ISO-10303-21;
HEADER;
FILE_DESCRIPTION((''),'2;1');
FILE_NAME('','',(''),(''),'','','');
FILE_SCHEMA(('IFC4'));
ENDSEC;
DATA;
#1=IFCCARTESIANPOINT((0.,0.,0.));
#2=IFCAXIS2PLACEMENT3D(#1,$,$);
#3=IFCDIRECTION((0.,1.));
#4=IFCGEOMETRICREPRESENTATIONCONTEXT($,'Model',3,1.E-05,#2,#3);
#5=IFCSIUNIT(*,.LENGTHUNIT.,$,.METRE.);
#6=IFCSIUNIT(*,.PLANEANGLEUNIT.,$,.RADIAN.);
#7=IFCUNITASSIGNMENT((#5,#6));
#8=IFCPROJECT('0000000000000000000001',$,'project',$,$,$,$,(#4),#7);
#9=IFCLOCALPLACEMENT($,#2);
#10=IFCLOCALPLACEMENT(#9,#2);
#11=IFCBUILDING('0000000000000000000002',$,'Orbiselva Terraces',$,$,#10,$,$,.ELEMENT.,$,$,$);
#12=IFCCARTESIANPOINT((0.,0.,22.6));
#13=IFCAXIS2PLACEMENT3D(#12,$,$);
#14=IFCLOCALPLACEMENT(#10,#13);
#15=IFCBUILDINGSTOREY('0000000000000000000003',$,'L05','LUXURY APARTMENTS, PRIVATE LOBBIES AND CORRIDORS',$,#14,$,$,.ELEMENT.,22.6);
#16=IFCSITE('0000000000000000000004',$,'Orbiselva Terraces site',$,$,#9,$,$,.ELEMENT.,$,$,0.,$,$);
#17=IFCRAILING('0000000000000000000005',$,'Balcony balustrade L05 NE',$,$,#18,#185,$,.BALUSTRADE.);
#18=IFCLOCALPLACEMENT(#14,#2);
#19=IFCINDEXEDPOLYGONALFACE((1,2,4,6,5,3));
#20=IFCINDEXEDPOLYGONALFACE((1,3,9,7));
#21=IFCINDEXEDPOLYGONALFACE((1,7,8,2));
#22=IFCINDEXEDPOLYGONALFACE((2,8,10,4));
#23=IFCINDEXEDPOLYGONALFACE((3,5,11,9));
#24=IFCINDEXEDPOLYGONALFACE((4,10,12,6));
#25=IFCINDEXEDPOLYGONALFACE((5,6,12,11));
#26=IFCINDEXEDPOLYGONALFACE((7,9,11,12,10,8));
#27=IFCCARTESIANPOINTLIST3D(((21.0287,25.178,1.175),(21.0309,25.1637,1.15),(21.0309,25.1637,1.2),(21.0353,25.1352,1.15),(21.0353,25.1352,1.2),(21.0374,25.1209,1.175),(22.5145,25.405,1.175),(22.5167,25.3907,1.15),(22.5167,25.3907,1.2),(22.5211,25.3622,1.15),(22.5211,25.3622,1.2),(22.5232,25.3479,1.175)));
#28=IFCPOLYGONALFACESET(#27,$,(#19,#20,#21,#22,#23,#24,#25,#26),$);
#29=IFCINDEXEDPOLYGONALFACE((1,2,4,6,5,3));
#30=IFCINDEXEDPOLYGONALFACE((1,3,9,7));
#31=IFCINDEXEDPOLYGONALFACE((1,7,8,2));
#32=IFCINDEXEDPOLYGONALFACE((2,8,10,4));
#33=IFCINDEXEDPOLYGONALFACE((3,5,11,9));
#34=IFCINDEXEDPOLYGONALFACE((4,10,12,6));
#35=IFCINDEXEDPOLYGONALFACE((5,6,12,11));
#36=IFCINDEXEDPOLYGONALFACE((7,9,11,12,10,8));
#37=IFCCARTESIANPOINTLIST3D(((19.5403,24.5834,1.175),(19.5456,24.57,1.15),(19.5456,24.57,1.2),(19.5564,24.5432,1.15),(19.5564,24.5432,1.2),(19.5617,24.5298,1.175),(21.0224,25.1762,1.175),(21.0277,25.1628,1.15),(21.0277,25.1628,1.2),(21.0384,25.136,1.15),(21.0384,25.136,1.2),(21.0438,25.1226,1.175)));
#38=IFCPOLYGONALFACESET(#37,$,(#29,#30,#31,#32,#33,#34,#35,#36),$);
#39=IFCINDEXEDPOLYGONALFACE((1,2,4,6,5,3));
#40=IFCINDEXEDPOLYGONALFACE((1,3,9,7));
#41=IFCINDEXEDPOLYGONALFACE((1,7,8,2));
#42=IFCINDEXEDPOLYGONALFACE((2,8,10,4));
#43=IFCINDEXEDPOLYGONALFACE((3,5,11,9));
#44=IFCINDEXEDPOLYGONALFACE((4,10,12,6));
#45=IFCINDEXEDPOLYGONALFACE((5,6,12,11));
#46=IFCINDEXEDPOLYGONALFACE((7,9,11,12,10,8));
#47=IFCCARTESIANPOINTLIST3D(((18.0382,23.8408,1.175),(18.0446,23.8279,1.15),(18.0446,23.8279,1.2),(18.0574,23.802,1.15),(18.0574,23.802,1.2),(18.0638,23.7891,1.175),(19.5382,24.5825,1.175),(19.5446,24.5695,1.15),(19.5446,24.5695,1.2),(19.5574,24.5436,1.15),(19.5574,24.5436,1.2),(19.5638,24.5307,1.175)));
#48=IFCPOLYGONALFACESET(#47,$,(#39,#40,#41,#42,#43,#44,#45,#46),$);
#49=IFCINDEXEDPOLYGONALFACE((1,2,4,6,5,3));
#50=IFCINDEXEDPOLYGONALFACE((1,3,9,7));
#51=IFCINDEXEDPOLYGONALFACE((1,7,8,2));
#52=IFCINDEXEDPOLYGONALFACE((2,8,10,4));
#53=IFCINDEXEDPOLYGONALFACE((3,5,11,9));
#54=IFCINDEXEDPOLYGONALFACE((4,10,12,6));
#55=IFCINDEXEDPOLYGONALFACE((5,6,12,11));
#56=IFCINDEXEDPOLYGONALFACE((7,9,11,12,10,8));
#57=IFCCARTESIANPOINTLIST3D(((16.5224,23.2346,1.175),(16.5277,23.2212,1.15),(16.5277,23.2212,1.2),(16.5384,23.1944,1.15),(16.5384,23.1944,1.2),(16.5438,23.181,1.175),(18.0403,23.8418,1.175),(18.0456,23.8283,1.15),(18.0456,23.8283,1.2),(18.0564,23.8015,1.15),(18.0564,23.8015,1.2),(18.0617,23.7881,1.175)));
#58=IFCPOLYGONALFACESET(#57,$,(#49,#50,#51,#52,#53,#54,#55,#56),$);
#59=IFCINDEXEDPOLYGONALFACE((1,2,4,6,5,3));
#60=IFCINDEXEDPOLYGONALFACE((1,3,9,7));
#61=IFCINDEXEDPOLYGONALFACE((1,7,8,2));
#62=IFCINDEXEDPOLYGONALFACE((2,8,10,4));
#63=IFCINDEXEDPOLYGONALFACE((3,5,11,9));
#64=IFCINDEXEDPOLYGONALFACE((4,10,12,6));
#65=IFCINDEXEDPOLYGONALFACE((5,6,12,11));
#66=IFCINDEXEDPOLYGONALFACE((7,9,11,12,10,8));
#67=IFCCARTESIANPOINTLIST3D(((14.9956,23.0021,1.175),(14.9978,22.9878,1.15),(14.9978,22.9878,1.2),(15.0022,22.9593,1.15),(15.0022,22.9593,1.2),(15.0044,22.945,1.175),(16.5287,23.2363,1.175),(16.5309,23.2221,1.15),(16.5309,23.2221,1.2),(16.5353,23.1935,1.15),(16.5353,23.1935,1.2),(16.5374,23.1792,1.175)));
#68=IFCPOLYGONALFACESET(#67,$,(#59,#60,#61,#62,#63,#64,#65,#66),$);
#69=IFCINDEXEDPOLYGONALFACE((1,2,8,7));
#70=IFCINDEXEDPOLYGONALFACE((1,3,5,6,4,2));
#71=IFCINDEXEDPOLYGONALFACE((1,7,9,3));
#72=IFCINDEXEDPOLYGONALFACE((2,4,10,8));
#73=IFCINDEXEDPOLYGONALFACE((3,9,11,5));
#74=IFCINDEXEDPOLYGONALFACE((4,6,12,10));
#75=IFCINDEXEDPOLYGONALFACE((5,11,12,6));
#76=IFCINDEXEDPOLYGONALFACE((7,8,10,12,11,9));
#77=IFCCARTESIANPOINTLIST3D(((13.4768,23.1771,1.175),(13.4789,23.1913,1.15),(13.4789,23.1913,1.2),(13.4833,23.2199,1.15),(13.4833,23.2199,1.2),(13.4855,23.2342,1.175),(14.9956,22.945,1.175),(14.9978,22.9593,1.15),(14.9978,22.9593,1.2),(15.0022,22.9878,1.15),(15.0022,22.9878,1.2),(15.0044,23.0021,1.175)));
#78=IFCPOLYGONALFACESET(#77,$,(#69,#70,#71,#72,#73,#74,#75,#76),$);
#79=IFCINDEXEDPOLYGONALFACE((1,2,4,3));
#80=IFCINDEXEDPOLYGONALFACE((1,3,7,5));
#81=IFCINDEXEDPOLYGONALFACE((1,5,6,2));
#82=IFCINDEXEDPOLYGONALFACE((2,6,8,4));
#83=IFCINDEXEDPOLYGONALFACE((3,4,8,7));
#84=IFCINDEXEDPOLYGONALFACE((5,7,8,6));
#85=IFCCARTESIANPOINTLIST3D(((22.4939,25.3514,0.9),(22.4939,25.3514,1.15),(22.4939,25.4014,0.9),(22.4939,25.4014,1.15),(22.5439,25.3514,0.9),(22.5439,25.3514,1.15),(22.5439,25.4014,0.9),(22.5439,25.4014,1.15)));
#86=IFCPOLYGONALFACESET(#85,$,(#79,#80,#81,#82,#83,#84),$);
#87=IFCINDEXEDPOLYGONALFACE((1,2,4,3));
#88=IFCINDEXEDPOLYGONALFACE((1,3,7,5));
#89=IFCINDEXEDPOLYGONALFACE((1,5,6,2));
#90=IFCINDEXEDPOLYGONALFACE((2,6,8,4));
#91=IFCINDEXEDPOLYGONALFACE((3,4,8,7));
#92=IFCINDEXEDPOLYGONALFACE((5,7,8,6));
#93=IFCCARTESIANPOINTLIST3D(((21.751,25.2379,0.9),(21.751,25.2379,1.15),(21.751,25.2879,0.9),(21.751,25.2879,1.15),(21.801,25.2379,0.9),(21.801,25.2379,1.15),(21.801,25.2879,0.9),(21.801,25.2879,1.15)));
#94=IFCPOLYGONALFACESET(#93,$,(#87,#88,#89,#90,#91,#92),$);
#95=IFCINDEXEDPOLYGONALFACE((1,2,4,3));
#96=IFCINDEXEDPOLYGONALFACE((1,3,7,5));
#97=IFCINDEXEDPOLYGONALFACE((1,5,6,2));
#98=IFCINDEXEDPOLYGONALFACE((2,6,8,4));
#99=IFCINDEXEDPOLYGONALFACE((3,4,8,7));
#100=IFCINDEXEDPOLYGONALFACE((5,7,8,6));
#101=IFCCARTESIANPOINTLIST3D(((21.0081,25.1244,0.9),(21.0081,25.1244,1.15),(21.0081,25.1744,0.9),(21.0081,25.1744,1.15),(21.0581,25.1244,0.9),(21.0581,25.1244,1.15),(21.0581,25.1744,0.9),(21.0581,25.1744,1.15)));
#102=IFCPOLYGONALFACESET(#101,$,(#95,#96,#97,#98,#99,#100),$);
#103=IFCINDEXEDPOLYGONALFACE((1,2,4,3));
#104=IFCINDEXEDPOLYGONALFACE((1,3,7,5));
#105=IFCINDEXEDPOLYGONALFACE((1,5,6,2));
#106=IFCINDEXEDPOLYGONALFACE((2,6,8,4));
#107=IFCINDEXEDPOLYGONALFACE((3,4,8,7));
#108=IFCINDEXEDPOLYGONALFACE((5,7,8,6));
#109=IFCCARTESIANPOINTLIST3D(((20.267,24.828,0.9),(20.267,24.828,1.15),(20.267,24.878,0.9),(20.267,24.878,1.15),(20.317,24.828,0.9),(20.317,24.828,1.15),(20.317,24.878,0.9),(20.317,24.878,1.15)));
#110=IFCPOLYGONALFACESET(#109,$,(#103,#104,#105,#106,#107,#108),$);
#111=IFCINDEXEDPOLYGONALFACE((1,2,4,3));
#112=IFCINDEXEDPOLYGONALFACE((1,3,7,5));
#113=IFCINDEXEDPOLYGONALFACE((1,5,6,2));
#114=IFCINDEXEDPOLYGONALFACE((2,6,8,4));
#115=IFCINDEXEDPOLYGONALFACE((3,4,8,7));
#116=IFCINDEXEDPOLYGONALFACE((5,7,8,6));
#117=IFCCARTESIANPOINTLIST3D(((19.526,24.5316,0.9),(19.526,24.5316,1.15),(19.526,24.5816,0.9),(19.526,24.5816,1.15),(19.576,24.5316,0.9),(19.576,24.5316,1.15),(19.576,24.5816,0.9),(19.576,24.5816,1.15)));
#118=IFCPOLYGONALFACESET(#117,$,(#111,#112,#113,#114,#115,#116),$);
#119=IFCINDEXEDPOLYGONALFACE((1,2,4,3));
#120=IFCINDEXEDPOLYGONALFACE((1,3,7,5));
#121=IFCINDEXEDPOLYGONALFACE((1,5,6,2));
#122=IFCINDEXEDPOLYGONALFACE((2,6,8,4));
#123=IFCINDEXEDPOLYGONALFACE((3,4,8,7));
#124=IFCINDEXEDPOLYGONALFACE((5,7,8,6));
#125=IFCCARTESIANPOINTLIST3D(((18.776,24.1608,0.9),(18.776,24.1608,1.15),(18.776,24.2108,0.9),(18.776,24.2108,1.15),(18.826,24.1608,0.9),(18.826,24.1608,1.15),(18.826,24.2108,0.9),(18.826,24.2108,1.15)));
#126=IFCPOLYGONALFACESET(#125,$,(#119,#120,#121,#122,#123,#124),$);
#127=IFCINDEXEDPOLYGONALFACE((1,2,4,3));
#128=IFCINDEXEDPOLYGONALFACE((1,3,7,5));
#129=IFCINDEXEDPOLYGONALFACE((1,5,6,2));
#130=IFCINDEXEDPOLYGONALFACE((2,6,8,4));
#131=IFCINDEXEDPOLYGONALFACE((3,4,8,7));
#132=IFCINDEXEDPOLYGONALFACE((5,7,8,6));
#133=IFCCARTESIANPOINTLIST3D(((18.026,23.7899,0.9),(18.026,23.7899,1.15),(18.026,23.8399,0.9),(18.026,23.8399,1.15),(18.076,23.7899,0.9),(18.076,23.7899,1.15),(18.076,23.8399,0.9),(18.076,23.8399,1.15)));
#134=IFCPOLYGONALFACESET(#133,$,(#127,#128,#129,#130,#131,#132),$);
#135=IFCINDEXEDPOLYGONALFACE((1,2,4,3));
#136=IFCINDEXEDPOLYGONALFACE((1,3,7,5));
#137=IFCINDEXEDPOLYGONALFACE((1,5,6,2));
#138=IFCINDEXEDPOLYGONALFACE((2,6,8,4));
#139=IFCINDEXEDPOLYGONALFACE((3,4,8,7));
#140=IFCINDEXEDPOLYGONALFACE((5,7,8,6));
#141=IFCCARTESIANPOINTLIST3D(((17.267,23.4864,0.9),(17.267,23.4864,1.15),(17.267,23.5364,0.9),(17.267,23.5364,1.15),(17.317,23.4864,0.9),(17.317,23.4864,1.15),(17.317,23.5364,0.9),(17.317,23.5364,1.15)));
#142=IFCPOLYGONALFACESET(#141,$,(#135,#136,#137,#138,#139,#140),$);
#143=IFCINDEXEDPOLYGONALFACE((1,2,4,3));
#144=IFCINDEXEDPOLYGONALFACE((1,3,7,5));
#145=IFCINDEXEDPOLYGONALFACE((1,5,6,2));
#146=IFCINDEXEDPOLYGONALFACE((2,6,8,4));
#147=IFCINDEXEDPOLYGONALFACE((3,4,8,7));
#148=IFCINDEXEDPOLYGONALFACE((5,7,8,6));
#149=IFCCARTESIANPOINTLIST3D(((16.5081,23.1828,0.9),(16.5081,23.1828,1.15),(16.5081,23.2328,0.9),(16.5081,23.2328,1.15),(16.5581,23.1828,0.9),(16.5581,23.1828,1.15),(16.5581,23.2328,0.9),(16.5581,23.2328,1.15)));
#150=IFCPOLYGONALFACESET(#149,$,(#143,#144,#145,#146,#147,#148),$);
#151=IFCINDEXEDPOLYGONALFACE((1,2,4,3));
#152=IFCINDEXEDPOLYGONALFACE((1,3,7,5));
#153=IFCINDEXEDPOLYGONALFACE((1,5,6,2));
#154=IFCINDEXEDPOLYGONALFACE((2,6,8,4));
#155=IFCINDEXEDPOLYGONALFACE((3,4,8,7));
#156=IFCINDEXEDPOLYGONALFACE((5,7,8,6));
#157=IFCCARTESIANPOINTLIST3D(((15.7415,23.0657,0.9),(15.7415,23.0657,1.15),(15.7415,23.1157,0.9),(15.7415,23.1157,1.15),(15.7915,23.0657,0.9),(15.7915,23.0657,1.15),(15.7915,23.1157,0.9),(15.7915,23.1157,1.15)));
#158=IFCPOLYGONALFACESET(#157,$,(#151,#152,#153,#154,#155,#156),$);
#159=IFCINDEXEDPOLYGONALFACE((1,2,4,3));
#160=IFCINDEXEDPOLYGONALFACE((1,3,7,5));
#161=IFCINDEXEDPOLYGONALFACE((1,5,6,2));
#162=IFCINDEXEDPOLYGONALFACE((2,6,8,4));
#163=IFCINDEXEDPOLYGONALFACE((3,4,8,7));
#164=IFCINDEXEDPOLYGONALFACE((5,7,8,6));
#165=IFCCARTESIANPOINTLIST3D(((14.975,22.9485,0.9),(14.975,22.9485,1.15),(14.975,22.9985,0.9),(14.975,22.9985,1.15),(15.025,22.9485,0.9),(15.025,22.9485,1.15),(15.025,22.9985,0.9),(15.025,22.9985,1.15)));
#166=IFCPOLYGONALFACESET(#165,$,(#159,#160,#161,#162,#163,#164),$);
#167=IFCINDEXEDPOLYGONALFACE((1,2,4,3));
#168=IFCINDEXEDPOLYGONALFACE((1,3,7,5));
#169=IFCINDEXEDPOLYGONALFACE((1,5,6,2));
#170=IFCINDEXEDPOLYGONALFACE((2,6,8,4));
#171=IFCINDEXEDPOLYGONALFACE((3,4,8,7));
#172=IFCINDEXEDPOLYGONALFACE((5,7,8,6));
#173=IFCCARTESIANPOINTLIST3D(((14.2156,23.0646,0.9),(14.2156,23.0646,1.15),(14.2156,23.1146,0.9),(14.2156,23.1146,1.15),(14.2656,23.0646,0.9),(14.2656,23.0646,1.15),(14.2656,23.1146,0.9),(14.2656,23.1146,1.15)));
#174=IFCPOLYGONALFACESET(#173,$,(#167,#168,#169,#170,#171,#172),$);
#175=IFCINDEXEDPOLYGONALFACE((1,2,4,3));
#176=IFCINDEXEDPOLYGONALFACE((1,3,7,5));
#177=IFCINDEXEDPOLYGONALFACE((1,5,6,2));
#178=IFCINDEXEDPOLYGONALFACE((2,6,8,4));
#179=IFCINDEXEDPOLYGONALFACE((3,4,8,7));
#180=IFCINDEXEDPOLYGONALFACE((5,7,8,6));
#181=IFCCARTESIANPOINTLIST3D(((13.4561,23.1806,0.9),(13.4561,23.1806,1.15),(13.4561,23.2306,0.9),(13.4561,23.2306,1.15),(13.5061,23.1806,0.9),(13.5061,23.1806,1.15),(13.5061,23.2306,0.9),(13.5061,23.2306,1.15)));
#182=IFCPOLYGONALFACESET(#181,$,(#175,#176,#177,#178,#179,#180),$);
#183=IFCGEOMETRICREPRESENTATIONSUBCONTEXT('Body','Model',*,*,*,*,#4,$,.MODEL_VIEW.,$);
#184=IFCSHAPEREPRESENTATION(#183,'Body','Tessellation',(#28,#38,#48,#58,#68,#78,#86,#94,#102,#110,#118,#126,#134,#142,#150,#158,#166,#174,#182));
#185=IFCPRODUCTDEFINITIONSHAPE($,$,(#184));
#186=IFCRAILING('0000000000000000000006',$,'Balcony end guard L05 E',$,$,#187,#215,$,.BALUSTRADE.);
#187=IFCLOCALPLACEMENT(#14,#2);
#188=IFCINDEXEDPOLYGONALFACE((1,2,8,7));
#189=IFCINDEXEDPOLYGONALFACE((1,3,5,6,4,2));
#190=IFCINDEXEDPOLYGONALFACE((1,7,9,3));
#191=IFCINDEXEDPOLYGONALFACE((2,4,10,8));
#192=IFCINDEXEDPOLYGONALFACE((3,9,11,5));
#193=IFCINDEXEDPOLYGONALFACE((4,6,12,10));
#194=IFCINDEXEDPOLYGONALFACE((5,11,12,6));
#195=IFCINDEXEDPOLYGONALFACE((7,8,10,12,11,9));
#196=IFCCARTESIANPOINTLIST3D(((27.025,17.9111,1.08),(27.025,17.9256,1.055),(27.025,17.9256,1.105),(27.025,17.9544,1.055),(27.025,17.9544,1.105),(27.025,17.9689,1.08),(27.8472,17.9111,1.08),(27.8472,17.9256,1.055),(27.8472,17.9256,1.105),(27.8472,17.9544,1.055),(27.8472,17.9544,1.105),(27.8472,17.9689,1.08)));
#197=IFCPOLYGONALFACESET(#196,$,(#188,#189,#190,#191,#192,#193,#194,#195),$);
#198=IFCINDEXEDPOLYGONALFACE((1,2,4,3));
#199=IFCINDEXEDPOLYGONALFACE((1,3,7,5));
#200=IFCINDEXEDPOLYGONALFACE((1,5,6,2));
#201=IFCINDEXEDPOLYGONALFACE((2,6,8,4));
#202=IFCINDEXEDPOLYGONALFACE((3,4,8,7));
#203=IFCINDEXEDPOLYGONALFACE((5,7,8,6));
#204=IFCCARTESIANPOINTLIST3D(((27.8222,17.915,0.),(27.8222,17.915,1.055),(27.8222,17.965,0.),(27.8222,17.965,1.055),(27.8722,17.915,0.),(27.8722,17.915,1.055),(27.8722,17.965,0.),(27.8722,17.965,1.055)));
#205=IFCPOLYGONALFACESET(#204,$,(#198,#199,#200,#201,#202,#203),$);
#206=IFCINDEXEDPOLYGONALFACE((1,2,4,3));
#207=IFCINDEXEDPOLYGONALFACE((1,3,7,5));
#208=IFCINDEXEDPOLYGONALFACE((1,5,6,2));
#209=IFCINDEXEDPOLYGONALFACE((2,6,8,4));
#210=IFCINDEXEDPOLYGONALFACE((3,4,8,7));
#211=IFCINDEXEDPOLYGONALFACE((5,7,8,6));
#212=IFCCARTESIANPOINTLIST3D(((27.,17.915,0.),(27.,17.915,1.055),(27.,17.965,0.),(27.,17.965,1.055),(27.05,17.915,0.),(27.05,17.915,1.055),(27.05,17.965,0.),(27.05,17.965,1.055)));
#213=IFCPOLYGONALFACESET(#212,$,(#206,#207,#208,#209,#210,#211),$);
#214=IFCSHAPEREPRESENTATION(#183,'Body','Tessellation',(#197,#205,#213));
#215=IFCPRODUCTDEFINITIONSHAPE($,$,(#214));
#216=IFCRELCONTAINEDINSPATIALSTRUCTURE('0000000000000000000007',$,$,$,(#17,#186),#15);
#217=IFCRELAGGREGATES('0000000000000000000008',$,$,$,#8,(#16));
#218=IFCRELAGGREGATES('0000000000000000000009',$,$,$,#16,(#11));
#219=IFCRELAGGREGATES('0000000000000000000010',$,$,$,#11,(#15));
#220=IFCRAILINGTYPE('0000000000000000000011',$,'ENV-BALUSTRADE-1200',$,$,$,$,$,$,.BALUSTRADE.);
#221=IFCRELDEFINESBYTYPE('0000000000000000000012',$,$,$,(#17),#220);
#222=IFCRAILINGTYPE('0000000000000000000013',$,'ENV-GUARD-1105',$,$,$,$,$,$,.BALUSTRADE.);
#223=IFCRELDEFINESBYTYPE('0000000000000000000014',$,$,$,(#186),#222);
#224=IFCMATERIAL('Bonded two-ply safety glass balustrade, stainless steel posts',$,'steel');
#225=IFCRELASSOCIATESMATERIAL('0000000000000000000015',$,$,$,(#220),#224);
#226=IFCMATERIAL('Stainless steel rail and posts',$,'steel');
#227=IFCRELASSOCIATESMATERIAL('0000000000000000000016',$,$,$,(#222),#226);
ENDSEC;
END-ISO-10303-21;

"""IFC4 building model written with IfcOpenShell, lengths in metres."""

from ifc_helpers import new_model, si_unit, direction, frame, origin, origin_2d, place, context, subcontext, project, spatial, polyline, rectangle, outline, extrude, material, type_object, element, save


model = new_model("IFC4")

# Units and contexts
model_context = context("Model", 3, precision=1e-05, world=origin(), true_north=direction((0.0, 1.0)))
body_context = subcontext(model_context, "Body", "Model", "MODEL_VIEW")
ifc_project = project(units=[si_unit("LENGTHUNIT", "METRE"), si_unit("PLANEANGLEUNIT", "RADIAN")], contexts=[model_context])

# Site, building, storey
site_placement = place(None, origin())
site = spatial("IfcSite", under=ifc_project, at=site_placement, Name="Orbiselva Terraces site", CompositionType="ELEMENT", RefElevation=0.0)
building_placement = place(site_placement, origin())
building = spatial("IfcBuilding", under=site, at=building_placement, Name="Orbiselva Terraces", CompositionType="ELEMENT")
storey_placement = place(building_placement, frame((0.0, 0.0, 22.6)))
storey = spatial("IfcBuildingStorey", under=building, at=storey_placement, Name="L05", Description="LUXURY APARTMENTS, PRIVATE LOBBIES AND CORRIDORS", CompositionType="ELEMENT", Elevation=22.6)

# Railings
ifc_material_1 = material(Name="Bonded two-ply safety glass balustrade, stainless steel posts", Category="steel")
railing_type_1 = type_object("IfcRailingType", Name="ENV-BALUSTRADE-1200", PredefinedType="BALUSTRADE", material=ifc_material_1)
railing_1_placement = place(storey_placement, frame((22.5189, 25.3764, 0.9)))
element("IfcRailing", 1, at=railing_1_placement, inside=storey, type_object=railing_type_1, Name="Balcony balustrade L05 NE", PredefinedType="BALUSTRADE", context=body_context, shape_type="SweptSolid", body=[
    extrude(outline(polyline([(0.0289, 0.0), (0.0144, 0.025), (-0.0144, 0.025), (-0.0289, 0.0), (-0.0144, -0.025), (0.0144, -0.025), (0.0289, 0.0)])), frame((0.0, 0.0, 0.275), z_axis=(-0.988529, -0.151034, 0.0), x_axis=(0.151034, -0.988529, 0.0)), (0.0, 0.0, 1.0), 1.503),
    extrude(outline(polyline([(0.0289, 0.0), (0.0144, 0.025), (-0.0144, 0.025), (-0.0289, 0.0), (-0.0144, -0.025), (0.0144, -0.025), (0.0289, 0.0)])), frame((-1.4858, -0.227, 0.275), z_axis=(-0.928477, -0.371391, 0.0), x_axis=(0.371391, -0.928477, 0.0)), (0.0, 0.0, 1.0), 1.5963),
    extrude(outline(polyline([(0.0289, 0.0), (0.0144, 0.025), (-0.0144, 0.025), (-0.0289, 0.0), (-0.0144, -0.025), (0.0144, -0.025), (0.0289, 0.0)])), frame((-2.9679, -0.8198, 0.275), z_axis=(-0.896417, -0.443212, 0.0), x_axis=(0.443212, -0.896417, 0.0)), (0.0, 0.0, 1.0), 1.6733),
    extrude(outline(polyline([(0.0289, 0.0), (0.0144, 0.025), (-0.0144, 0.025), (-0.0289, 0.0), (-0.0144, -0.025), (0.0144, -0.025), (0.0289, 0.0)])), frame((-4.4679, -1.5615, 0.275), z_axis=(-0.928477, -0.37139, 0.0), x_axis=(0.37139, -0.928477, 0.0)), (0.0, 0.0, 1.0), 1.6348),
    extrude(outline(polyline([(0.0289, 0.0), (0.0144, 0.025), (-0.0144, 0.025), (-0.0289, 0.0), (-0.0144, -0.025), (0.0144, -0.025), (0.0289, 0.0)])), frame((-5.9858, -2.1686, 0.275), z_axis=(-0.988529, -0.151034, 0.0), x_axis=(0.151034, -0.988529, 0.0)), (0.0, 0.0, 1.0), 1.5509),
    extrude(outline(polyline([(0.0289, 0.0), (0.0144, 0.025), (-0.0144, 0.025), (-0.0289, 0.0), (-0.0144, -0.025), (0.0144, -0.025), (0.0289, 0.0)])), frame((-7.5189, -2.4029, 0.275), z_axis=(-0.988529, 0.151034, 0.0), x_axis=(-0.151034, -0.988529, 0.0)), (0.0, 0.0, 1.0), 1.5365),
    extrude(rectangle(XDim=0.05, YDim=0.05, at=origin_2d()), origin(), (0.0, 0.0, 1.0), 0.25),
    extrude(rectangle(XDim=0.05, YDim=0.05, at=origin_2d()), frame((-0.7429, -0.1135, 0.0)), (0.0, 0.0, 1.0), 0.25),
    extrude(rectangle(XDim=0.05, YDim=0.05, at=origin_2d()), frame((-1.4858, -0.227, 0.0)), (0.0, 0.0, 1.0), 0.25),
    extrude(rectangle(XDim=0.05, YDim=0.05, at=origin_2d()), frame((-2.2268, -0.5234, 0.0)), (0.0, 0.0, 1.0), 0.25),
    extrude(rectangle(XDim=0.05, YDim=0.05, at=origin_2d()), frame((-2.9679, -0.8198, 0.0)), (0.0, 0.0, 1.0), 0.25),
    extrude(rectangle(XDim=0.05, YDim=0.05, at=origin_2d()), frame((-3.7179, -1.1907, 0.0)), (0.0, 0.0, 1.0), 0.25),
    extrude(rectangle(XDim=0.05, YDim=0.05, at=origin_2d()), frame((-4.4679, -1.5615, 0.0)), (0.0, 0.0, 1.0), 0.25),
    extrude(rectangle(XDim=0.05, YDim=0.05, at=origin_2d()), frame((-5.2268, -1.8651, 0.0)), (0.0, 0.0, 1.0), 0.25),
    extrude(rectangle(XDim=0.05, YDim=0.05, at=origin_2d()), frame((-5.9858, -2.1686, 0.0)), (0.0, 0.0, 1.0), 0.25),
    extrude(rectangle(XDim=0.05, YDim=0.05, at=origin_2d()), frame((-6.7523, -2.2858, 0.0)), (0.0, 0.0, 1.0), 0.25),
    extrude(rectangle(XDim=0.05, YDim=0.05, at=origin_2d()), frame((-7.5189, -2.4029, 0.0)), (0.0, 0.0, 1.0), 0.25),
    extrude(rectangle(XDim=0.05, YDim=0.05, at=origin_2d()), frame((-8.2783, -2.2869, 0.0)), (0.0, 0.0, 1.0), 0.25),
    extrude(rectangle(XDim=0.05, YDim=0.05, at=origin_2d()), frame((-9.0378, -2.1708, 0.0)), (0.0, 0.0, 1.0), 0.25),
])
ifc_material_2 = material(Name="Stainless steel rail and posts", Category="steel")
railing_type_2 = type_object("IfcRailingType", Name="ENV-GUARD-1105", PredefinedType="BALUSTRADE", material=ifc_material_2)
railing_2_placement = place(storey_placement, frame((27.8472, 17.94, 0.0)))
element("IfcRailing", 2, at=railing_2_placement, inside=storey, type_object=railing_type_2, Name="Balcony end guard L05 E", PredefinedType="BALUSTRADE", context=body_context, shape_type="SweptSolid", body=[
    extrude(outline(polyline([(0.0289, 0.0), (0.0144, 0.025), (-0.0144, 0.025), (-0.0289, 0.0), (-0.0144, -0.025), (0.0144, -0.025), (0.0289, 0.0)])), frame((0.0, 0.0, 1.08), z_axis=(-1.0, 0.0, 0.0), x_axis=(0.0, -1.0, 0.0)), (0.0, 0.0, 1.0), 0.8222),
    extrude(rectangle(XDim=0.05, YDim=0.05, at=origin_2d()), origin(), (0.0, 0.0, 1.0), 1.055),
    extrude(rectangle(XDim=0.05, YDim=0.05, at=origin_2d()), frame((-0.8222, 0.0, 0.0)), (0.0, 0.0, 1.0), 1.055),
])

save(model, "model.ifc")
